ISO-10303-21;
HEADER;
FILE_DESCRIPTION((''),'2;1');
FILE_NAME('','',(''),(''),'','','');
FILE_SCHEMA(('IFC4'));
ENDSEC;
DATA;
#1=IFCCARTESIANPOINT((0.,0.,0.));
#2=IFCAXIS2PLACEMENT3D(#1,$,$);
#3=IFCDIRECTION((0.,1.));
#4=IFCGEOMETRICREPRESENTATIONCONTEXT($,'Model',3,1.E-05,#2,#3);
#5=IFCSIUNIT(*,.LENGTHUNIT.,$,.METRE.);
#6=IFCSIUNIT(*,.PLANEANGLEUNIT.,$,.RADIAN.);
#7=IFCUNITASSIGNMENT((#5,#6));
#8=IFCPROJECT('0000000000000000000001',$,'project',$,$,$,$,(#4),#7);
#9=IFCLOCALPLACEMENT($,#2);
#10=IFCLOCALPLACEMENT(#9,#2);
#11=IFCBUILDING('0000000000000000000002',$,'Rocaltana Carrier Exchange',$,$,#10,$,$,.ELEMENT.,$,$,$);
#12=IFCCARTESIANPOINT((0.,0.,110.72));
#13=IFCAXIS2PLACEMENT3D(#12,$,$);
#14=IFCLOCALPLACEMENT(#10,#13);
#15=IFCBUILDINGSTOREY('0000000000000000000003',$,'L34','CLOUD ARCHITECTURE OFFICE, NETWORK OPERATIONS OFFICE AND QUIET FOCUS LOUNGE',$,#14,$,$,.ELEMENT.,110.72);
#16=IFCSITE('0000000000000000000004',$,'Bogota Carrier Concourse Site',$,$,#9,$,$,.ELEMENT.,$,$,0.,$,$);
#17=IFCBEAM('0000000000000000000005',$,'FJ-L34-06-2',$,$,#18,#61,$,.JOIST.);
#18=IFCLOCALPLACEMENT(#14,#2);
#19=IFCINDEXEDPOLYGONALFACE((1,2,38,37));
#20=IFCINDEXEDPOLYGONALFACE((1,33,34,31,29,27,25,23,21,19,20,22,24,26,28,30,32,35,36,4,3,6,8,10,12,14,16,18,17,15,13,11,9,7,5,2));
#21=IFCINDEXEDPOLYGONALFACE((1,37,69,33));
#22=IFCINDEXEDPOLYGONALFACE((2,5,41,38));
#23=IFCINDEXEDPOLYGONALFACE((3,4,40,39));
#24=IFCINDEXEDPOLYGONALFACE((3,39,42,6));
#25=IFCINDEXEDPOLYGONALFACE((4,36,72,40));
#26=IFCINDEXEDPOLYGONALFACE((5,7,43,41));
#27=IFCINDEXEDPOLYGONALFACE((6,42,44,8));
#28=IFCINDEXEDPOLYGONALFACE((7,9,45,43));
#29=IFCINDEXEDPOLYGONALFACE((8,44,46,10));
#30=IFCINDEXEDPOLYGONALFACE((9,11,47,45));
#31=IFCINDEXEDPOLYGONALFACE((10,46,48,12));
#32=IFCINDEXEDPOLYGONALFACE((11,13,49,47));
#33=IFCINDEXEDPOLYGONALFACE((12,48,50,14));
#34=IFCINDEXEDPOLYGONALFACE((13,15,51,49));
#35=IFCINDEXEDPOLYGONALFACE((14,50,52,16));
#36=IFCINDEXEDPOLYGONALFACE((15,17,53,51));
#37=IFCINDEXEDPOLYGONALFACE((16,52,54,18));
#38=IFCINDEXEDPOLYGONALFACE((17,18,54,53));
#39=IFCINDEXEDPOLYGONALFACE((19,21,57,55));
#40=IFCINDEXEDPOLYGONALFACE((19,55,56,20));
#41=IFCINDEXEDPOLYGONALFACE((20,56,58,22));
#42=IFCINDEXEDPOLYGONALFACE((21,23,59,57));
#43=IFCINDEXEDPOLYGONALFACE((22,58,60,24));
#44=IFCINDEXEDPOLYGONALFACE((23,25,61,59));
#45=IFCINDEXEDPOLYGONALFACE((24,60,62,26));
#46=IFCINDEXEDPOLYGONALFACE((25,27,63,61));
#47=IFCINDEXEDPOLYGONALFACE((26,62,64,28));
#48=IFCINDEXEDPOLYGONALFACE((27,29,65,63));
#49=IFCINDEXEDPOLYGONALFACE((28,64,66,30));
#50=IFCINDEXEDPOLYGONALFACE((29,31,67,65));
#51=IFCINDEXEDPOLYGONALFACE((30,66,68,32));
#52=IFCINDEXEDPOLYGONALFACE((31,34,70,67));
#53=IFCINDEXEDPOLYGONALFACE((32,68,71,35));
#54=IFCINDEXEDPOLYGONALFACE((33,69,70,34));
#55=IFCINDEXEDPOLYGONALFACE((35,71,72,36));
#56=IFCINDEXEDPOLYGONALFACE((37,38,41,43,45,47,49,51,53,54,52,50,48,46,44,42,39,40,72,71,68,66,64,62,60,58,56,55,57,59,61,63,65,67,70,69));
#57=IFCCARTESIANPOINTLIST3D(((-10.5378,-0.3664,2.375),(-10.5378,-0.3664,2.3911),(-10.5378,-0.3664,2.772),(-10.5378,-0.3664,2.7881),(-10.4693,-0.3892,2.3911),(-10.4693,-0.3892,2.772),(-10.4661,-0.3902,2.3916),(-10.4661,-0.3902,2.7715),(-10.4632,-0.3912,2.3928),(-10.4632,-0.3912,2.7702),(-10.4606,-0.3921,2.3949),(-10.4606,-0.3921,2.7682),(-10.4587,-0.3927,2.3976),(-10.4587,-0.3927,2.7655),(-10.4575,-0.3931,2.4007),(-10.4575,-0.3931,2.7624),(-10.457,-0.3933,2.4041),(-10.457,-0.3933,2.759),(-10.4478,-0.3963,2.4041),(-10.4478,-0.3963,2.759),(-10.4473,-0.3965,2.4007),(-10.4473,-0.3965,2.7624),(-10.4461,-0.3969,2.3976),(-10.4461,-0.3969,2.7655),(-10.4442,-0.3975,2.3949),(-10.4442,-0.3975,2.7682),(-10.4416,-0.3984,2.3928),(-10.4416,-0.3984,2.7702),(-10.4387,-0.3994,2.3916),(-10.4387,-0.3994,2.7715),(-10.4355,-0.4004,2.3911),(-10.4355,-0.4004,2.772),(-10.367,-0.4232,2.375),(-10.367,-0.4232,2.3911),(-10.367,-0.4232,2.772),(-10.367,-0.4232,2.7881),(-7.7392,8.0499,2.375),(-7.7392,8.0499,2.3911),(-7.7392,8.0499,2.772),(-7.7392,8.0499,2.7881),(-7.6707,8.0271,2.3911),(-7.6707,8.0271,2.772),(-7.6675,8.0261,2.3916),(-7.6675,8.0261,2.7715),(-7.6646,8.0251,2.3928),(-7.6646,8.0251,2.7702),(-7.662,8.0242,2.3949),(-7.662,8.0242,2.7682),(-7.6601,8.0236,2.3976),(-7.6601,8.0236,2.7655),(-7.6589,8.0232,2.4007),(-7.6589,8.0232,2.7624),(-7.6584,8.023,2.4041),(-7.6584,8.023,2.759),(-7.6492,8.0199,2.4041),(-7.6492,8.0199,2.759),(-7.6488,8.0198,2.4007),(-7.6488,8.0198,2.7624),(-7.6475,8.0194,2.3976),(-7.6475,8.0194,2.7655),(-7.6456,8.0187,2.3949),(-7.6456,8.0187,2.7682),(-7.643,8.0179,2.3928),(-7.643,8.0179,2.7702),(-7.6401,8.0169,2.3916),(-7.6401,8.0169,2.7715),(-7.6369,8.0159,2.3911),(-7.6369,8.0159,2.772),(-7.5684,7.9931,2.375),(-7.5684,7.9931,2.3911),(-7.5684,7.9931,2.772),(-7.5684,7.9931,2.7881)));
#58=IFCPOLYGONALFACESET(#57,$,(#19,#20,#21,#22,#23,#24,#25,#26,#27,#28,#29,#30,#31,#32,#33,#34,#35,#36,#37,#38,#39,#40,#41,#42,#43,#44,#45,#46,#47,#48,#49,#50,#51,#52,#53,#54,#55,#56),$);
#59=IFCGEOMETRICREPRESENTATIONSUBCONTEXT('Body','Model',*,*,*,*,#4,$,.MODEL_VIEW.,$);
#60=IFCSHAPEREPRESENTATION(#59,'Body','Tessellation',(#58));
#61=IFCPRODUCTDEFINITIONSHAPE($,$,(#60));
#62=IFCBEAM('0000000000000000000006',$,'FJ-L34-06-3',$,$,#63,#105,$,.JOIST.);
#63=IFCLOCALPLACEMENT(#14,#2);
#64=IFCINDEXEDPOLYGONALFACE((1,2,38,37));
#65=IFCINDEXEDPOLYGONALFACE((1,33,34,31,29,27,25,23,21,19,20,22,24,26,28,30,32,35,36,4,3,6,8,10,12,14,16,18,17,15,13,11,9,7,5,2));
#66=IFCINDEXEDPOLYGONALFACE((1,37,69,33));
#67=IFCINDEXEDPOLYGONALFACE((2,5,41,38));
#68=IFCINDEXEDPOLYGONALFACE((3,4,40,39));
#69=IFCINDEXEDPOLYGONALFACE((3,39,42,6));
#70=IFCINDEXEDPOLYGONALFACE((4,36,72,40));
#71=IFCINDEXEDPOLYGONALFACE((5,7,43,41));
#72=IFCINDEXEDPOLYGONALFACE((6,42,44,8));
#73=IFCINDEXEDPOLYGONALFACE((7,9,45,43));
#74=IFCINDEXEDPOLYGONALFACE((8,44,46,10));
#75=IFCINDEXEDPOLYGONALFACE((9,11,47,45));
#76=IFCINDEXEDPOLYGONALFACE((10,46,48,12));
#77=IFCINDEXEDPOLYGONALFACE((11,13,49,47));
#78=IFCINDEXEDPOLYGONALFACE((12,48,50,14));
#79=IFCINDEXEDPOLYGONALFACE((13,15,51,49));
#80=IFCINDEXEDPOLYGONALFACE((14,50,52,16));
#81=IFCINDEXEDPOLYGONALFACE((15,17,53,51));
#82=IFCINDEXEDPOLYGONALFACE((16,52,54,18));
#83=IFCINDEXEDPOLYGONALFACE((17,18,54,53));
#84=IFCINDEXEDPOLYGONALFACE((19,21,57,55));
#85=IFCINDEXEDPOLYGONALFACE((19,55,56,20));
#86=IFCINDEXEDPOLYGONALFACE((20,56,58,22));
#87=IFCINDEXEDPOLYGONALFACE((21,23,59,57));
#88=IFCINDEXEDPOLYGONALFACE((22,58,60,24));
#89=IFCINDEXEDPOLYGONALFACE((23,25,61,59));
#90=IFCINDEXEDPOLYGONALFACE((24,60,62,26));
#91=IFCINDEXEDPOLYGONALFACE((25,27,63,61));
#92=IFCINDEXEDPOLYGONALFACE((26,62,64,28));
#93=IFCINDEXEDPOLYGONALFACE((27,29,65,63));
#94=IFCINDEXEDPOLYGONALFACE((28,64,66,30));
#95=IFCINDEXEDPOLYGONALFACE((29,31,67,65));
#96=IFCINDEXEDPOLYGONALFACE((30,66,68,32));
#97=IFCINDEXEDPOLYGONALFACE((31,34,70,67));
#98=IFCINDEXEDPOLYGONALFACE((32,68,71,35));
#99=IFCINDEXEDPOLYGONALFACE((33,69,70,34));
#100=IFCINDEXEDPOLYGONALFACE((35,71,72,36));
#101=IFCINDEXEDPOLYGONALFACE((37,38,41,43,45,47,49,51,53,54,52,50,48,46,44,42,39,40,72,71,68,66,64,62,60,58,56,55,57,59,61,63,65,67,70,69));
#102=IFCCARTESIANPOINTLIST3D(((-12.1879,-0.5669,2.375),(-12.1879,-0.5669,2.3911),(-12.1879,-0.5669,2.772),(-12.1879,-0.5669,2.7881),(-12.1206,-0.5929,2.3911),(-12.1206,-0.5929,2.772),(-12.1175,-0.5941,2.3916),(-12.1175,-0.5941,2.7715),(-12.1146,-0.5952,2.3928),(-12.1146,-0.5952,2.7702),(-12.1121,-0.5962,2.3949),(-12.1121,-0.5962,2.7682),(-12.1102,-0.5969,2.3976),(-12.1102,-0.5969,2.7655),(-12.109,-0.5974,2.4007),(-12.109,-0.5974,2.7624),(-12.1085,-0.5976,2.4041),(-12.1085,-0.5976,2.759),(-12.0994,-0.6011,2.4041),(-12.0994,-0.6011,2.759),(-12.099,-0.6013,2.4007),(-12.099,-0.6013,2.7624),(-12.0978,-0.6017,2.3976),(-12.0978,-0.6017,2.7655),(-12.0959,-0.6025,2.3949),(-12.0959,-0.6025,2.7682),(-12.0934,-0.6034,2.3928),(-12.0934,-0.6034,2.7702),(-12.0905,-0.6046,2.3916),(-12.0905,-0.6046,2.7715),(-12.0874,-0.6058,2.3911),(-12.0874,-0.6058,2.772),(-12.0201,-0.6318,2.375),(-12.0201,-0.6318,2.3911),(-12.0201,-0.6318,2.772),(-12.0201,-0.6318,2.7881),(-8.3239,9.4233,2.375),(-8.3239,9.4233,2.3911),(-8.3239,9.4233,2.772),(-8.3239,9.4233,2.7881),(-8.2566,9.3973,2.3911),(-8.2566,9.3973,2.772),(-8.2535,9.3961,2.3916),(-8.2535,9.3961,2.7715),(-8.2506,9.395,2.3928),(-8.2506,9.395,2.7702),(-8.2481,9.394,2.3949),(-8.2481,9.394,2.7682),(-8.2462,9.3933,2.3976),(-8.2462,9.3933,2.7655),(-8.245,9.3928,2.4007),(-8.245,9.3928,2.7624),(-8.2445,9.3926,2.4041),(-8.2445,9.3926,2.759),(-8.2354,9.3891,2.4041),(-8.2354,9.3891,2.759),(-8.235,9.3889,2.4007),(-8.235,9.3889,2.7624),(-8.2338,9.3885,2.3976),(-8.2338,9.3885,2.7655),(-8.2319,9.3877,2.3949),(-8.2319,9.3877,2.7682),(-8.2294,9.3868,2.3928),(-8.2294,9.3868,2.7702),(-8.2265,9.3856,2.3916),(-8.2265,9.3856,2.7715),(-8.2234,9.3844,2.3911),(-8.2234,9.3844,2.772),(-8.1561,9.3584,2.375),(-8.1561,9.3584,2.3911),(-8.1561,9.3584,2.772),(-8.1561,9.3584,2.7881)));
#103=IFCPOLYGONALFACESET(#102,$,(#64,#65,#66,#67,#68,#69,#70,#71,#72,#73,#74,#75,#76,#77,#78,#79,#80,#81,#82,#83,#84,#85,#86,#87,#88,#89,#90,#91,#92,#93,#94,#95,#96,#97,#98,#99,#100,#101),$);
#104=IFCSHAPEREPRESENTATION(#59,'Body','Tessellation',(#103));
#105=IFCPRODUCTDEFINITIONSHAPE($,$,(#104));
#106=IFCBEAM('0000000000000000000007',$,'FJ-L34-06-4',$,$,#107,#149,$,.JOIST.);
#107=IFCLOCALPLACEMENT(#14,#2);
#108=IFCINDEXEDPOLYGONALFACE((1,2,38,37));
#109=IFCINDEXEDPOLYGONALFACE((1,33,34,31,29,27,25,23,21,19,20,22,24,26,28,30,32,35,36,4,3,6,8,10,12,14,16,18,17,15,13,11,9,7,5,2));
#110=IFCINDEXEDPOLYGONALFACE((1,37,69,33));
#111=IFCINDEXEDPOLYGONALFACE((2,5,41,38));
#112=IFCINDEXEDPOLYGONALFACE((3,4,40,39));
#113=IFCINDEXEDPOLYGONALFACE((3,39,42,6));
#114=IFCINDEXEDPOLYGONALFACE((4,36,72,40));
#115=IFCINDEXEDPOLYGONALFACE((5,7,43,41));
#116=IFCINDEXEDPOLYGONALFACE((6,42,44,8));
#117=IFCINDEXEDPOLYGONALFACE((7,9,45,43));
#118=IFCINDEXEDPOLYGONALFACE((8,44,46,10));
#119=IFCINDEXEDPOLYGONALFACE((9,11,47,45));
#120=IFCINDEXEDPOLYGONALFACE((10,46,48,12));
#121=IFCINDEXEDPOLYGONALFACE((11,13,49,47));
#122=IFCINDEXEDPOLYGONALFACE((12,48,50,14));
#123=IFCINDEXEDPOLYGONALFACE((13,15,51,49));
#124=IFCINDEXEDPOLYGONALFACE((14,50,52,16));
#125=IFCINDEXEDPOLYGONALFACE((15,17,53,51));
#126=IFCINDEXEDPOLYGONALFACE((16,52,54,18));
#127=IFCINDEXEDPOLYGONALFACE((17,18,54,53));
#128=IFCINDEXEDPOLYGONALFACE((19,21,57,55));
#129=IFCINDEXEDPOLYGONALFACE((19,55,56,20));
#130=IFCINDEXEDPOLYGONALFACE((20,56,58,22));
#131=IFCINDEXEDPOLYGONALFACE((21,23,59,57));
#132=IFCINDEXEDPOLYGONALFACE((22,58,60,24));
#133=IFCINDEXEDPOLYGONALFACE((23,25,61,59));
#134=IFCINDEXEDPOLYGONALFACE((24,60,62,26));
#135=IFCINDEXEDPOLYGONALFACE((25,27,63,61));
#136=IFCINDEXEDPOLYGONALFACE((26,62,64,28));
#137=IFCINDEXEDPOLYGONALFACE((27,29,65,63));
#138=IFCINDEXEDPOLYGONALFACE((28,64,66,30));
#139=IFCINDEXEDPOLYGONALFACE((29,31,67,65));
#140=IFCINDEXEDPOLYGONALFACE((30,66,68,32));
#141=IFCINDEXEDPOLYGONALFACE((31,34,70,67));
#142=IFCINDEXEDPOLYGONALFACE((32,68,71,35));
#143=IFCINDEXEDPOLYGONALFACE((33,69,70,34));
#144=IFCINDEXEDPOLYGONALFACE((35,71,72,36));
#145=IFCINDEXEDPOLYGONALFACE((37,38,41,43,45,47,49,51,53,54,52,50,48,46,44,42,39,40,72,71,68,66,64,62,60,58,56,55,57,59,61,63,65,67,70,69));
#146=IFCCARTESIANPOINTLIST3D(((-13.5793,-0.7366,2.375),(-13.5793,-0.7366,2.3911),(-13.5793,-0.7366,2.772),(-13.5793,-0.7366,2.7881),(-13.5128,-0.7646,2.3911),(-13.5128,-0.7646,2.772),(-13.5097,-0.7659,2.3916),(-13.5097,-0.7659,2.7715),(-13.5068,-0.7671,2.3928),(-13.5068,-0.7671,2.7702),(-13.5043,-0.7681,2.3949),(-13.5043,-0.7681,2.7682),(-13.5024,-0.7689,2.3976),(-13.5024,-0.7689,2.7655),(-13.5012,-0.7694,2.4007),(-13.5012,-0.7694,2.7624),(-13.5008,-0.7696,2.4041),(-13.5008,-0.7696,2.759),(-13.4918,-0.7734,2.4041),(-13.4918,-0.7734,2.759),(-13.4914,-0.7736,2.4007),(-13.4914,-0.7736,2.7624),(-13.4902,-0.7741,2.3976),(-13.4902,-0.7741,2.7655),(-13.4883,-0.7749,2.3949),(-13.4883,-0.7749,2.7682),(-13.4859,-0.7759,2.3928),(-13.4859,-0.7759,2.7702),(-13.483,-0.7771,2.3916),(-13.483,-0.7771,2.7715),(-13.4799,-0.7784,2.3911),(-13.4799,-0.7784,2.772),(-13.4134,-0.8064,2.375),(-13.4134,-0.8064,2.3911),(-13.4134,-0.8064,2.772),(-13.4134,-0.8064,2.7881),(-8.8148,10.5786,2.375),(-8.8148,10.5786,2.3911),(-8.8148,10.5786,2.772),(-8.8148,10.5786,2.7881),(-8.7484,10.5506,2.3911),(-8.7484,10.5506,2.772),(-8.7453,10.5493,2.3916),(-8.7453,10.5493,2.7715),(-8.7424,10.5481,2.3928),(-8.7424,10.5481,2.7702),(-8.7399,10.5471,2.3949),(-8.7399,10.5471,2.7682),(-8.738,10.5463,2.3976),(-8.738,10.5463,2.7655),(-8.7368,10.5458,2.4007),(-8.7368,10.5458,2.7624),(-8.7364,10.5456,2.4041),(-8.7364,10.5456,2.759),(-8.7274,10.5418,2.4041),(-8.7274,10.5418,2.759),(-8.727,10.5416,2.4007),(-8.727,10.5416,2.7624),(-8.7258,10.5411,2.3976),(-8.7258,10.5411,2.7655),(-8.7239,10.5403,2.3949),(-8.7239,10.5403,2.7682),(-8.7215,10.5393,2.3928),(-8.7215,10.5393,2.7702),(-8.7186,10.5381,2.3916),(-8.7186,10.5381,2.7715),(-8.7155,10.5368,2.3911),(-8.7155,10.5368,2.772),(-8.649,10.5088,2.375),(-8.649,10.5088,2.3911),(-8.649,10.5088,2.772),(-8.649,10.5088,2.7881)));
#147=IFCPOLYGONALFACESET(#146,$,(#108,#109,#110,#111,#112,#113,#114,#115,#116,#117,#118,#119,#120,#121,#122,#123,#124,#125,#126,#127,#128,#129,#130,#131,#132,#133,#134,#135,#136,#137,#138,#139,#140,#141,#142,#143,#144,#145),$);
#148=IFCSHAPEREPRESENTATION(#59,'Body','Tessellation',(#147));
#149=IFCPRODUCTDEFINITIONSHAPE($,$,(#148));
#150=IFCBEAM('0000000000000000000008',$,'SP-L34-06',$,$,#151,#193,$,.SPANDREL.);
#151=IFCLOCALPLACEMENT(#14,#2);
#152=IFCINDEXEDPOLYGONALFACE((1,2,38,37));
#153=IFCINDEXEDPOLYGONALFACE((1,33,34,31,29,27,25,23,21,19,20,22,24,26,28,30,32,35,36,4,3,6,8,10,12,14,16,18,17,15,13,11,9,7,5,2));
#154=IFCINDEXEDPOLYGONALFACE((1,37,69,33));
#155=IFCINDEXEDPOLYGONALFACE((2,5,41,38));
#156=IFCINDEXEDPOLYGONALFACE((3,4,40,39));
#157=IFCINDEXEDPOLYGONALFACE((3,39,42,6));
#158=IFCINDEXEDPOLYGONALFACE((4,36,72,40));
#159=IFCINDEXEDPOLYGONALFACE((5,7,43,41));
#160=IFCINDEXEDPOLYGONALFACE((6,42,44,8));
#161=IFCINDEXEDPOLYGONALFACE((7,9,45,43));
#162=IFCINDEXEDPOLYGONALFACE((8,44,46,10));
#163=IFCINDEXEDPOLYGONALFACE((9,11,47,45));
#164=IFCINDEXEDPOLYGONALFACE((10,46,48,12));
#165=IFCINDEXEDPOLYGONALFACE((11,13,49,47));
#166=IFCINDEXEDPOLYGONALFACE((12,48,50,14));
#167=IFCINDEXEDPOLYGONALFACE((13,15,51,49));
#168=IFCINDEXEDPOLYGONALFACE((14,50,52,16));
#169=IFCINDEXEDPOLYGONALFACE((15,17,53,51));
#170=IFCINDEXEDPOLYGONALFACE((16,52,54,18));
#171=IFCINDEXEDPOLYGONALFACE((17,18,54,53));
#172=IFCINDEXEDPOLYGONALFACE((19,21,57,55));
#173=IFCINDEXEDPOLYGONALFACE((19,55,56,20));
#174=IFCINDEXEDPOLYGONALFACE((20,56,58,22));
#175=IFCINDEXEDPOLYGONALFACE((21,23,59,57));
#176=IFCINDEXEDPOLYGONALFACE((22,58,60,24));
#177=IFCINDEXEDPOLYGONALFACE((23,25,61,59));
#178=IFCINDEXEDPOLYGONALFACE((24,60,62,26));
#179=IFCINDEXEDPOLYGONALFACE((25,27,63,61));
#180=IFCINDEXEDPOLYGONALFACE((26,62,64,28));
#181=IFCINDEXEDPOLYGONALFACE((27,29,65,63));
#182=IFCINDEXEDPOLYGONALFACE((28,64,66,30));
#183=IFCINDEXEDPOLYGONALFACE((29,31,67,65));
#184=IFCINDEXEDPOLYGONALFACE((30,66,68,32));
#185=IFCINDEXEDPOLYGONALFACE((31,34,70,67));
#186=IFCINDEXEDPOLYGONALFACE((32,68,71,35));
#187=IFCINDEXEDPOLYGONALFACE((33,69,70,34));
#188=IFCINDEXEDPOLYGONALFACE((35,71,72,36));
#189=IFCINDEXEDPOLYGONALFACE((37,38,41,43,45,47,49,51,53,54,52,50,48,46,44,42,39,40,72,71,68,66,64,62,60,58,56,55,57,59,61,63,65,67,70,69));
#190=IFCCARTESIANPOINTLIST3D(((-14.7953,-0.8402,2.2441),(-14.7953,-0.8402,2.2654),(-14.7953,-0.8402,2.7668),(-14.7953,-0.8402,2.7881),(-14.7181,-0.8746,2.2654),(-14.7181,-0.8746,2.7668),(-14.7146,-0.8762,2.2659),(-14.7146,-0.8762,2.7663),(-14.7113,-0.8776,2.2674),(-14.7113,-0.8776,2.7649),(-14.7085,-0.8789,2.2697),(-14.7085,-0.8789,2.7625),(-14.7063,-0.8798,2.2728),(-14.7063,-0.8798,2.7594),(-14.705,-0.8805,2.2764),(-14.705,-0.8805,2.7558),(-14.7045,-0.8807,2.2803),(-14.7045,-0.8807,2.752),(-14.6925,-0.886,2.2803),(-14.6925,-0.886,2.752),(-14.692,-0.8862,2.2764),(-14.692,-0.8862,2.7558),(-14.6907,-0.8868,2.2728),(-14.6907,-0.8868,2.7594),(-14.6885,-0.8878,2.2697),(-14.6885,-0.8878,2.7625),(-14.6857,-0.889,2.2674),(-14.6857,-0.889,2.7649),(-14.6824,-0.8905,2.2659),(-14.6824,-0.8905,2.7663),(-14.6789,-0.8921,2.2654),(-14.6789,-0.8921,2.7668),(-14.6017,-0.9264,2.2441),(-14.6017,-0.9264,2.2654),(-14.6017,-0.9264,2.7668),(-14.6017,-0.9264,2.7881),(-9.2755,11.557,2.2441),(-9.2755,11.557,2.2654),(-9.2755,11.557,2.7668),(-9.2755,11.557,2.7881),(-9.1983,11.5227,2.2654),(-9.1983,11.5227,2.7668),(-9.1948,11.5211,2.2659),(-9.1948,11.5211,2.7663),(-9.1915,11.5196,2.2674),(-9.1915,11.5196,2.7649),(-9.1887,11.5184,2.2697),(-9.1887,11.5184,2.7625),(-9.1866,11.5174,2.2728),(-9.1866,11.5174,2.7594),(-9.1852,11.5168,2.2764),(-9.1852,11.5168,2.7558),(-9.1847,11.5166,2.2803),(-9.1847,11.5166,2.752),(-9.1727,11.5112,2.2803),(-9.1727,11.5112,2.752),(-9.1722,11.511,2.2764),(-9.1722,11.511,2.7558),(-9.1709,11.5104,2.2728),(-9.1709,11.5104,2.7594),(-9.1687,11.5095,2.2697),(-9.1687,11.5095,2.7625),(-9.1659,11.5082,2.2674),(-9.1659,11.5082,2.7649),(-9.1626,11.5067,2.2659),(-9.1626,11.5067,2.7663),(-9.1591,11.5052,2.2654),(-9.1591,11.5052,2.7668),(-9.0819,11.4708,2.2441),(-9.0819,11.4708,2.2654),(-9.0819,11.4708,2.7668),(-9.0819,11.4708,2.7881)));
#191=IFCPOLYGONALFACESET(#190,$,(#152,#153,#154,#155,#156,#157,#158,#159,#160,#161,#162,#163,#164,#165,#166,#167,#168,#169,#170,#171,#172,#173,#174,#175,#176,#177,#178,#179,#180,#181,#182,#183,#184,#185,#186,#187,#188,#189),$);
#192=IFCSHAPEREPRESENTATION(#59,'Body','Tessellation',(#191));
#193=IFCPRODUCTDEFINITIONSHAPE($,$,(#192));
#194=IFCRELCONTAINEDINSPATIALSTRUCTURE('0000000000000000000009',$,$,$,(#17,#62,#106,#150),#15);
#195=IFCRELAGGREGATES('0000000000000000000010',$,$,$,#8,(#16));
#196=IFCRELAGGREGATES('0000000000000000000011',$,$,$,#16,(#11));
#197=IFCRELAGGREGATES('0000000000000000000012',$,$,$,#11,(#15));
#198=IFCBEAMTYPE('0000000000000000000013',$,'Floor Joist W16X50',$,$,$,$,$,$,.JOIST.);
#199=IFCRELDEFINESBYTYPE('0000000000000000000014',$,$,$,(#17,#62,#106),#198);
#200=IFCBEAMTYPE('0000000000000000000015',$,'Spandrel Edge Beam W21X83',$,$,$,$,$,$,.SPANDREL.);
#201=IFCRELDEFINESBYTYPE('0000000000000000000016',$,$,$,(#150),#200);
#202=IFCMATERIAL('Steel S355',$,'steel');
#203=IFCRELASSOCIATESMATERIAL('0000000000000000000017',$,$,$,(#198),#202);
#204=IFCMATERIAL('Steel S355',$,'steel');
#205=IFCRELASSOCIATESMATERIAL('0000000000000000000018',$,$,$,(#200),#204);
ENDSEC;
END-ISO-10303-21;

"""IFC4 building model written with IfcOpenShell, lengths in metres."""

from ifc_helpers import new_model, si_unit, direction, frame, origin, origin_2d, place, context, subcontext, project, spatial, i_section, extrude, material, material_profile, profile_set, type_object, element, save


model = new_model("IFC4")

# Units and contexts
model_context = context("Model", 3, precision=1e-05, world=origin(), true_north=direction((0.0, 1.0)))
body_context = subcontext(model_context, "Body", "Model", "MODEL_VIEW")
ifc_project = project(units=[si_unit("LENGTHUNIT", "METRE"), si_unit("PLANEANGLEUNIT", "RADIAN")], contexts=[model_context])

# Site, building, storey
site_placement = place(None, origin())
site = spatial("IfcSite", under=ifc_project, at=site_placement, Name="Bogota Carrier Concourse Site", CompositionType="ELEMENT", RefElevation=0.0)
building_placement = place(site_placement, origin())
building = spatial("IfcBuilding", under=site, at=building_placement, Name="Rocaltana Carrier Exchange", CompositionType="ELEMENT")
storey_placement = place(building_placement, frame((0.0, 0.0, 110.72)))
storey = spatial("IfcBuildingStorey", under=building, at=storey_placement, Name="L34", Description="CLOUD ARCHITECTURE OFFICE, NETWORK OPERATIONS OFFICE AND QUIET FOCUS LOUNGE", CompositionType="ELEMENT", Elevation=110.72)

# Beams
ifc_material_1 = material(Name="Steel S355", Category="steel")
ifc_material_profile_1 = material_profile(ifc_material_1, i_section(OverallWidth=0.1799, OverallDepth=0.4131, WebThickness=0.0098, FlangeThickness=0.0161, FilletRadius=0.0129, at=origin_2d()), Name="W16X50")
ifc_profile_set_1 = profile_set([ifc_material_profile_1], Name="Steel S355")
beam_type_1 = type_object("IfcBeamType", Name="Floor Joist W16X50", PredefinedType="JOIST", material=ifc_profile_set_1)
beam_1_placement = place(storey_placement, frame((-7.6538, 8.0215, 2.5815), z_axis=(-0.315534, -0.948914, 0.0), x_axis=(0.948914, -0.315534, 0.0)))
element("IfcBeam", 1, at=beam_1_placement, inside=storey, type_object=beam_type_1, Name="FJ-L34-06-2", PredefinedType="JOIST", context=body_context, shape_type="SweptSolid", body=[
    extrude(i_section(OverallWidth=0.1799, OverallDepth=0.4131, WebThickness=0.0098, FlangeThickness=0.0161, FilletRadius=0.0129, at=origin_2d()), origin(), (0.0, 0.0, 1.0), 8.8694),
])
beam_2_placement = place(storey_placement, frame((-8.24, 9.3909, 2.5815), z_axis=(-0.360736, -0.932668, 0.0), x_axis=(0.932668, -0.360736, 0.0)))
element("IfcBeam", 2, at=beam_2_placement, inside=storey, type_object=beam_type_1, Name="FJ-L34-06-3", PredefinedType="JOIST", context=body_context, shape_type="SweptSolid", body=[
    extrude(i_section(OverallWidth=0.1799, OverallDepth=0.4131, WebThickness=0.0098, FlangeThickness=0.0161, FilletRadius=0.0129, at=origin_2d()), origin(), (0.0, 0.0, 1.0), 10.7114),
])
beam_3_placement = place(storey_placement, frame((-8.7319, 10.5437, 2.5815), z_axis=(-0.388065, -0.921632, 0.0), x_axis=(0.921632, -0.388065, 0.0)))
element("IfcBeam", 3, at=beam_3_placement, inside=storey, type_object=beam_type_1, Name="FJ-L34-06-4", PredefinedType="JOIST", context=body_context, shape_type="SweptSolid", body=[
    extrude(i_section(OverallWidth=0.1799, OverallDepth=0.4131, WebThickness=0.0098, FlangeThickness=0.0161, FilletRadius=0.0129, at=origin_2d()), origin(), (0.0, 0.0, 1.0), 12.2773),
])
ifc_material_2 = material(Name="Steel S355", Category="steel")
ifc_material_profile_2 = material_profile(ifc_material_2, i_section(OverallWidth=0.2119, OverallDepth=0.5439, WebThickness=0.0132, FlangeThickness=0.0212, FilletRadius=0.0149, at=origin_2d()), Name="W21X83")
ifc_profile_set_2 = profile_set([ifc_material_profile_2], Name="Steel S355")
beam_type_2 = type_object("IfcBeamType", Name="Spandrel Edge Beam W21X83", PredefinedType="SPANDREL", material=ifc_profile_set_2)
beam_4_placement = place(storey_placement, frame((-9.1787, 11.5139, 2.5161), z_axis=(-0.406748, -0.913541, 0.0), x_axis=(0.913541, -0.406748, 0.0)))
element("IfcBeam", 4, at=beam_4_placement, inside=storey, type_object=beam_type_2, Name="SP-L34-06", PredefinedType="SPANDREL", context=body_context, shape_type="SweptSolid", body=[
    extrude(i_section(OverallWidth=0.2119, OverallDepth=0.5439, WebThickness=0.0132, FlangeThickness=0.0212, FilletRadius=0.0149, at=origin_2d()), origin(), (0.0, 0.0, 1.0), 13.5706),
])

save(model, "model.ifc")
